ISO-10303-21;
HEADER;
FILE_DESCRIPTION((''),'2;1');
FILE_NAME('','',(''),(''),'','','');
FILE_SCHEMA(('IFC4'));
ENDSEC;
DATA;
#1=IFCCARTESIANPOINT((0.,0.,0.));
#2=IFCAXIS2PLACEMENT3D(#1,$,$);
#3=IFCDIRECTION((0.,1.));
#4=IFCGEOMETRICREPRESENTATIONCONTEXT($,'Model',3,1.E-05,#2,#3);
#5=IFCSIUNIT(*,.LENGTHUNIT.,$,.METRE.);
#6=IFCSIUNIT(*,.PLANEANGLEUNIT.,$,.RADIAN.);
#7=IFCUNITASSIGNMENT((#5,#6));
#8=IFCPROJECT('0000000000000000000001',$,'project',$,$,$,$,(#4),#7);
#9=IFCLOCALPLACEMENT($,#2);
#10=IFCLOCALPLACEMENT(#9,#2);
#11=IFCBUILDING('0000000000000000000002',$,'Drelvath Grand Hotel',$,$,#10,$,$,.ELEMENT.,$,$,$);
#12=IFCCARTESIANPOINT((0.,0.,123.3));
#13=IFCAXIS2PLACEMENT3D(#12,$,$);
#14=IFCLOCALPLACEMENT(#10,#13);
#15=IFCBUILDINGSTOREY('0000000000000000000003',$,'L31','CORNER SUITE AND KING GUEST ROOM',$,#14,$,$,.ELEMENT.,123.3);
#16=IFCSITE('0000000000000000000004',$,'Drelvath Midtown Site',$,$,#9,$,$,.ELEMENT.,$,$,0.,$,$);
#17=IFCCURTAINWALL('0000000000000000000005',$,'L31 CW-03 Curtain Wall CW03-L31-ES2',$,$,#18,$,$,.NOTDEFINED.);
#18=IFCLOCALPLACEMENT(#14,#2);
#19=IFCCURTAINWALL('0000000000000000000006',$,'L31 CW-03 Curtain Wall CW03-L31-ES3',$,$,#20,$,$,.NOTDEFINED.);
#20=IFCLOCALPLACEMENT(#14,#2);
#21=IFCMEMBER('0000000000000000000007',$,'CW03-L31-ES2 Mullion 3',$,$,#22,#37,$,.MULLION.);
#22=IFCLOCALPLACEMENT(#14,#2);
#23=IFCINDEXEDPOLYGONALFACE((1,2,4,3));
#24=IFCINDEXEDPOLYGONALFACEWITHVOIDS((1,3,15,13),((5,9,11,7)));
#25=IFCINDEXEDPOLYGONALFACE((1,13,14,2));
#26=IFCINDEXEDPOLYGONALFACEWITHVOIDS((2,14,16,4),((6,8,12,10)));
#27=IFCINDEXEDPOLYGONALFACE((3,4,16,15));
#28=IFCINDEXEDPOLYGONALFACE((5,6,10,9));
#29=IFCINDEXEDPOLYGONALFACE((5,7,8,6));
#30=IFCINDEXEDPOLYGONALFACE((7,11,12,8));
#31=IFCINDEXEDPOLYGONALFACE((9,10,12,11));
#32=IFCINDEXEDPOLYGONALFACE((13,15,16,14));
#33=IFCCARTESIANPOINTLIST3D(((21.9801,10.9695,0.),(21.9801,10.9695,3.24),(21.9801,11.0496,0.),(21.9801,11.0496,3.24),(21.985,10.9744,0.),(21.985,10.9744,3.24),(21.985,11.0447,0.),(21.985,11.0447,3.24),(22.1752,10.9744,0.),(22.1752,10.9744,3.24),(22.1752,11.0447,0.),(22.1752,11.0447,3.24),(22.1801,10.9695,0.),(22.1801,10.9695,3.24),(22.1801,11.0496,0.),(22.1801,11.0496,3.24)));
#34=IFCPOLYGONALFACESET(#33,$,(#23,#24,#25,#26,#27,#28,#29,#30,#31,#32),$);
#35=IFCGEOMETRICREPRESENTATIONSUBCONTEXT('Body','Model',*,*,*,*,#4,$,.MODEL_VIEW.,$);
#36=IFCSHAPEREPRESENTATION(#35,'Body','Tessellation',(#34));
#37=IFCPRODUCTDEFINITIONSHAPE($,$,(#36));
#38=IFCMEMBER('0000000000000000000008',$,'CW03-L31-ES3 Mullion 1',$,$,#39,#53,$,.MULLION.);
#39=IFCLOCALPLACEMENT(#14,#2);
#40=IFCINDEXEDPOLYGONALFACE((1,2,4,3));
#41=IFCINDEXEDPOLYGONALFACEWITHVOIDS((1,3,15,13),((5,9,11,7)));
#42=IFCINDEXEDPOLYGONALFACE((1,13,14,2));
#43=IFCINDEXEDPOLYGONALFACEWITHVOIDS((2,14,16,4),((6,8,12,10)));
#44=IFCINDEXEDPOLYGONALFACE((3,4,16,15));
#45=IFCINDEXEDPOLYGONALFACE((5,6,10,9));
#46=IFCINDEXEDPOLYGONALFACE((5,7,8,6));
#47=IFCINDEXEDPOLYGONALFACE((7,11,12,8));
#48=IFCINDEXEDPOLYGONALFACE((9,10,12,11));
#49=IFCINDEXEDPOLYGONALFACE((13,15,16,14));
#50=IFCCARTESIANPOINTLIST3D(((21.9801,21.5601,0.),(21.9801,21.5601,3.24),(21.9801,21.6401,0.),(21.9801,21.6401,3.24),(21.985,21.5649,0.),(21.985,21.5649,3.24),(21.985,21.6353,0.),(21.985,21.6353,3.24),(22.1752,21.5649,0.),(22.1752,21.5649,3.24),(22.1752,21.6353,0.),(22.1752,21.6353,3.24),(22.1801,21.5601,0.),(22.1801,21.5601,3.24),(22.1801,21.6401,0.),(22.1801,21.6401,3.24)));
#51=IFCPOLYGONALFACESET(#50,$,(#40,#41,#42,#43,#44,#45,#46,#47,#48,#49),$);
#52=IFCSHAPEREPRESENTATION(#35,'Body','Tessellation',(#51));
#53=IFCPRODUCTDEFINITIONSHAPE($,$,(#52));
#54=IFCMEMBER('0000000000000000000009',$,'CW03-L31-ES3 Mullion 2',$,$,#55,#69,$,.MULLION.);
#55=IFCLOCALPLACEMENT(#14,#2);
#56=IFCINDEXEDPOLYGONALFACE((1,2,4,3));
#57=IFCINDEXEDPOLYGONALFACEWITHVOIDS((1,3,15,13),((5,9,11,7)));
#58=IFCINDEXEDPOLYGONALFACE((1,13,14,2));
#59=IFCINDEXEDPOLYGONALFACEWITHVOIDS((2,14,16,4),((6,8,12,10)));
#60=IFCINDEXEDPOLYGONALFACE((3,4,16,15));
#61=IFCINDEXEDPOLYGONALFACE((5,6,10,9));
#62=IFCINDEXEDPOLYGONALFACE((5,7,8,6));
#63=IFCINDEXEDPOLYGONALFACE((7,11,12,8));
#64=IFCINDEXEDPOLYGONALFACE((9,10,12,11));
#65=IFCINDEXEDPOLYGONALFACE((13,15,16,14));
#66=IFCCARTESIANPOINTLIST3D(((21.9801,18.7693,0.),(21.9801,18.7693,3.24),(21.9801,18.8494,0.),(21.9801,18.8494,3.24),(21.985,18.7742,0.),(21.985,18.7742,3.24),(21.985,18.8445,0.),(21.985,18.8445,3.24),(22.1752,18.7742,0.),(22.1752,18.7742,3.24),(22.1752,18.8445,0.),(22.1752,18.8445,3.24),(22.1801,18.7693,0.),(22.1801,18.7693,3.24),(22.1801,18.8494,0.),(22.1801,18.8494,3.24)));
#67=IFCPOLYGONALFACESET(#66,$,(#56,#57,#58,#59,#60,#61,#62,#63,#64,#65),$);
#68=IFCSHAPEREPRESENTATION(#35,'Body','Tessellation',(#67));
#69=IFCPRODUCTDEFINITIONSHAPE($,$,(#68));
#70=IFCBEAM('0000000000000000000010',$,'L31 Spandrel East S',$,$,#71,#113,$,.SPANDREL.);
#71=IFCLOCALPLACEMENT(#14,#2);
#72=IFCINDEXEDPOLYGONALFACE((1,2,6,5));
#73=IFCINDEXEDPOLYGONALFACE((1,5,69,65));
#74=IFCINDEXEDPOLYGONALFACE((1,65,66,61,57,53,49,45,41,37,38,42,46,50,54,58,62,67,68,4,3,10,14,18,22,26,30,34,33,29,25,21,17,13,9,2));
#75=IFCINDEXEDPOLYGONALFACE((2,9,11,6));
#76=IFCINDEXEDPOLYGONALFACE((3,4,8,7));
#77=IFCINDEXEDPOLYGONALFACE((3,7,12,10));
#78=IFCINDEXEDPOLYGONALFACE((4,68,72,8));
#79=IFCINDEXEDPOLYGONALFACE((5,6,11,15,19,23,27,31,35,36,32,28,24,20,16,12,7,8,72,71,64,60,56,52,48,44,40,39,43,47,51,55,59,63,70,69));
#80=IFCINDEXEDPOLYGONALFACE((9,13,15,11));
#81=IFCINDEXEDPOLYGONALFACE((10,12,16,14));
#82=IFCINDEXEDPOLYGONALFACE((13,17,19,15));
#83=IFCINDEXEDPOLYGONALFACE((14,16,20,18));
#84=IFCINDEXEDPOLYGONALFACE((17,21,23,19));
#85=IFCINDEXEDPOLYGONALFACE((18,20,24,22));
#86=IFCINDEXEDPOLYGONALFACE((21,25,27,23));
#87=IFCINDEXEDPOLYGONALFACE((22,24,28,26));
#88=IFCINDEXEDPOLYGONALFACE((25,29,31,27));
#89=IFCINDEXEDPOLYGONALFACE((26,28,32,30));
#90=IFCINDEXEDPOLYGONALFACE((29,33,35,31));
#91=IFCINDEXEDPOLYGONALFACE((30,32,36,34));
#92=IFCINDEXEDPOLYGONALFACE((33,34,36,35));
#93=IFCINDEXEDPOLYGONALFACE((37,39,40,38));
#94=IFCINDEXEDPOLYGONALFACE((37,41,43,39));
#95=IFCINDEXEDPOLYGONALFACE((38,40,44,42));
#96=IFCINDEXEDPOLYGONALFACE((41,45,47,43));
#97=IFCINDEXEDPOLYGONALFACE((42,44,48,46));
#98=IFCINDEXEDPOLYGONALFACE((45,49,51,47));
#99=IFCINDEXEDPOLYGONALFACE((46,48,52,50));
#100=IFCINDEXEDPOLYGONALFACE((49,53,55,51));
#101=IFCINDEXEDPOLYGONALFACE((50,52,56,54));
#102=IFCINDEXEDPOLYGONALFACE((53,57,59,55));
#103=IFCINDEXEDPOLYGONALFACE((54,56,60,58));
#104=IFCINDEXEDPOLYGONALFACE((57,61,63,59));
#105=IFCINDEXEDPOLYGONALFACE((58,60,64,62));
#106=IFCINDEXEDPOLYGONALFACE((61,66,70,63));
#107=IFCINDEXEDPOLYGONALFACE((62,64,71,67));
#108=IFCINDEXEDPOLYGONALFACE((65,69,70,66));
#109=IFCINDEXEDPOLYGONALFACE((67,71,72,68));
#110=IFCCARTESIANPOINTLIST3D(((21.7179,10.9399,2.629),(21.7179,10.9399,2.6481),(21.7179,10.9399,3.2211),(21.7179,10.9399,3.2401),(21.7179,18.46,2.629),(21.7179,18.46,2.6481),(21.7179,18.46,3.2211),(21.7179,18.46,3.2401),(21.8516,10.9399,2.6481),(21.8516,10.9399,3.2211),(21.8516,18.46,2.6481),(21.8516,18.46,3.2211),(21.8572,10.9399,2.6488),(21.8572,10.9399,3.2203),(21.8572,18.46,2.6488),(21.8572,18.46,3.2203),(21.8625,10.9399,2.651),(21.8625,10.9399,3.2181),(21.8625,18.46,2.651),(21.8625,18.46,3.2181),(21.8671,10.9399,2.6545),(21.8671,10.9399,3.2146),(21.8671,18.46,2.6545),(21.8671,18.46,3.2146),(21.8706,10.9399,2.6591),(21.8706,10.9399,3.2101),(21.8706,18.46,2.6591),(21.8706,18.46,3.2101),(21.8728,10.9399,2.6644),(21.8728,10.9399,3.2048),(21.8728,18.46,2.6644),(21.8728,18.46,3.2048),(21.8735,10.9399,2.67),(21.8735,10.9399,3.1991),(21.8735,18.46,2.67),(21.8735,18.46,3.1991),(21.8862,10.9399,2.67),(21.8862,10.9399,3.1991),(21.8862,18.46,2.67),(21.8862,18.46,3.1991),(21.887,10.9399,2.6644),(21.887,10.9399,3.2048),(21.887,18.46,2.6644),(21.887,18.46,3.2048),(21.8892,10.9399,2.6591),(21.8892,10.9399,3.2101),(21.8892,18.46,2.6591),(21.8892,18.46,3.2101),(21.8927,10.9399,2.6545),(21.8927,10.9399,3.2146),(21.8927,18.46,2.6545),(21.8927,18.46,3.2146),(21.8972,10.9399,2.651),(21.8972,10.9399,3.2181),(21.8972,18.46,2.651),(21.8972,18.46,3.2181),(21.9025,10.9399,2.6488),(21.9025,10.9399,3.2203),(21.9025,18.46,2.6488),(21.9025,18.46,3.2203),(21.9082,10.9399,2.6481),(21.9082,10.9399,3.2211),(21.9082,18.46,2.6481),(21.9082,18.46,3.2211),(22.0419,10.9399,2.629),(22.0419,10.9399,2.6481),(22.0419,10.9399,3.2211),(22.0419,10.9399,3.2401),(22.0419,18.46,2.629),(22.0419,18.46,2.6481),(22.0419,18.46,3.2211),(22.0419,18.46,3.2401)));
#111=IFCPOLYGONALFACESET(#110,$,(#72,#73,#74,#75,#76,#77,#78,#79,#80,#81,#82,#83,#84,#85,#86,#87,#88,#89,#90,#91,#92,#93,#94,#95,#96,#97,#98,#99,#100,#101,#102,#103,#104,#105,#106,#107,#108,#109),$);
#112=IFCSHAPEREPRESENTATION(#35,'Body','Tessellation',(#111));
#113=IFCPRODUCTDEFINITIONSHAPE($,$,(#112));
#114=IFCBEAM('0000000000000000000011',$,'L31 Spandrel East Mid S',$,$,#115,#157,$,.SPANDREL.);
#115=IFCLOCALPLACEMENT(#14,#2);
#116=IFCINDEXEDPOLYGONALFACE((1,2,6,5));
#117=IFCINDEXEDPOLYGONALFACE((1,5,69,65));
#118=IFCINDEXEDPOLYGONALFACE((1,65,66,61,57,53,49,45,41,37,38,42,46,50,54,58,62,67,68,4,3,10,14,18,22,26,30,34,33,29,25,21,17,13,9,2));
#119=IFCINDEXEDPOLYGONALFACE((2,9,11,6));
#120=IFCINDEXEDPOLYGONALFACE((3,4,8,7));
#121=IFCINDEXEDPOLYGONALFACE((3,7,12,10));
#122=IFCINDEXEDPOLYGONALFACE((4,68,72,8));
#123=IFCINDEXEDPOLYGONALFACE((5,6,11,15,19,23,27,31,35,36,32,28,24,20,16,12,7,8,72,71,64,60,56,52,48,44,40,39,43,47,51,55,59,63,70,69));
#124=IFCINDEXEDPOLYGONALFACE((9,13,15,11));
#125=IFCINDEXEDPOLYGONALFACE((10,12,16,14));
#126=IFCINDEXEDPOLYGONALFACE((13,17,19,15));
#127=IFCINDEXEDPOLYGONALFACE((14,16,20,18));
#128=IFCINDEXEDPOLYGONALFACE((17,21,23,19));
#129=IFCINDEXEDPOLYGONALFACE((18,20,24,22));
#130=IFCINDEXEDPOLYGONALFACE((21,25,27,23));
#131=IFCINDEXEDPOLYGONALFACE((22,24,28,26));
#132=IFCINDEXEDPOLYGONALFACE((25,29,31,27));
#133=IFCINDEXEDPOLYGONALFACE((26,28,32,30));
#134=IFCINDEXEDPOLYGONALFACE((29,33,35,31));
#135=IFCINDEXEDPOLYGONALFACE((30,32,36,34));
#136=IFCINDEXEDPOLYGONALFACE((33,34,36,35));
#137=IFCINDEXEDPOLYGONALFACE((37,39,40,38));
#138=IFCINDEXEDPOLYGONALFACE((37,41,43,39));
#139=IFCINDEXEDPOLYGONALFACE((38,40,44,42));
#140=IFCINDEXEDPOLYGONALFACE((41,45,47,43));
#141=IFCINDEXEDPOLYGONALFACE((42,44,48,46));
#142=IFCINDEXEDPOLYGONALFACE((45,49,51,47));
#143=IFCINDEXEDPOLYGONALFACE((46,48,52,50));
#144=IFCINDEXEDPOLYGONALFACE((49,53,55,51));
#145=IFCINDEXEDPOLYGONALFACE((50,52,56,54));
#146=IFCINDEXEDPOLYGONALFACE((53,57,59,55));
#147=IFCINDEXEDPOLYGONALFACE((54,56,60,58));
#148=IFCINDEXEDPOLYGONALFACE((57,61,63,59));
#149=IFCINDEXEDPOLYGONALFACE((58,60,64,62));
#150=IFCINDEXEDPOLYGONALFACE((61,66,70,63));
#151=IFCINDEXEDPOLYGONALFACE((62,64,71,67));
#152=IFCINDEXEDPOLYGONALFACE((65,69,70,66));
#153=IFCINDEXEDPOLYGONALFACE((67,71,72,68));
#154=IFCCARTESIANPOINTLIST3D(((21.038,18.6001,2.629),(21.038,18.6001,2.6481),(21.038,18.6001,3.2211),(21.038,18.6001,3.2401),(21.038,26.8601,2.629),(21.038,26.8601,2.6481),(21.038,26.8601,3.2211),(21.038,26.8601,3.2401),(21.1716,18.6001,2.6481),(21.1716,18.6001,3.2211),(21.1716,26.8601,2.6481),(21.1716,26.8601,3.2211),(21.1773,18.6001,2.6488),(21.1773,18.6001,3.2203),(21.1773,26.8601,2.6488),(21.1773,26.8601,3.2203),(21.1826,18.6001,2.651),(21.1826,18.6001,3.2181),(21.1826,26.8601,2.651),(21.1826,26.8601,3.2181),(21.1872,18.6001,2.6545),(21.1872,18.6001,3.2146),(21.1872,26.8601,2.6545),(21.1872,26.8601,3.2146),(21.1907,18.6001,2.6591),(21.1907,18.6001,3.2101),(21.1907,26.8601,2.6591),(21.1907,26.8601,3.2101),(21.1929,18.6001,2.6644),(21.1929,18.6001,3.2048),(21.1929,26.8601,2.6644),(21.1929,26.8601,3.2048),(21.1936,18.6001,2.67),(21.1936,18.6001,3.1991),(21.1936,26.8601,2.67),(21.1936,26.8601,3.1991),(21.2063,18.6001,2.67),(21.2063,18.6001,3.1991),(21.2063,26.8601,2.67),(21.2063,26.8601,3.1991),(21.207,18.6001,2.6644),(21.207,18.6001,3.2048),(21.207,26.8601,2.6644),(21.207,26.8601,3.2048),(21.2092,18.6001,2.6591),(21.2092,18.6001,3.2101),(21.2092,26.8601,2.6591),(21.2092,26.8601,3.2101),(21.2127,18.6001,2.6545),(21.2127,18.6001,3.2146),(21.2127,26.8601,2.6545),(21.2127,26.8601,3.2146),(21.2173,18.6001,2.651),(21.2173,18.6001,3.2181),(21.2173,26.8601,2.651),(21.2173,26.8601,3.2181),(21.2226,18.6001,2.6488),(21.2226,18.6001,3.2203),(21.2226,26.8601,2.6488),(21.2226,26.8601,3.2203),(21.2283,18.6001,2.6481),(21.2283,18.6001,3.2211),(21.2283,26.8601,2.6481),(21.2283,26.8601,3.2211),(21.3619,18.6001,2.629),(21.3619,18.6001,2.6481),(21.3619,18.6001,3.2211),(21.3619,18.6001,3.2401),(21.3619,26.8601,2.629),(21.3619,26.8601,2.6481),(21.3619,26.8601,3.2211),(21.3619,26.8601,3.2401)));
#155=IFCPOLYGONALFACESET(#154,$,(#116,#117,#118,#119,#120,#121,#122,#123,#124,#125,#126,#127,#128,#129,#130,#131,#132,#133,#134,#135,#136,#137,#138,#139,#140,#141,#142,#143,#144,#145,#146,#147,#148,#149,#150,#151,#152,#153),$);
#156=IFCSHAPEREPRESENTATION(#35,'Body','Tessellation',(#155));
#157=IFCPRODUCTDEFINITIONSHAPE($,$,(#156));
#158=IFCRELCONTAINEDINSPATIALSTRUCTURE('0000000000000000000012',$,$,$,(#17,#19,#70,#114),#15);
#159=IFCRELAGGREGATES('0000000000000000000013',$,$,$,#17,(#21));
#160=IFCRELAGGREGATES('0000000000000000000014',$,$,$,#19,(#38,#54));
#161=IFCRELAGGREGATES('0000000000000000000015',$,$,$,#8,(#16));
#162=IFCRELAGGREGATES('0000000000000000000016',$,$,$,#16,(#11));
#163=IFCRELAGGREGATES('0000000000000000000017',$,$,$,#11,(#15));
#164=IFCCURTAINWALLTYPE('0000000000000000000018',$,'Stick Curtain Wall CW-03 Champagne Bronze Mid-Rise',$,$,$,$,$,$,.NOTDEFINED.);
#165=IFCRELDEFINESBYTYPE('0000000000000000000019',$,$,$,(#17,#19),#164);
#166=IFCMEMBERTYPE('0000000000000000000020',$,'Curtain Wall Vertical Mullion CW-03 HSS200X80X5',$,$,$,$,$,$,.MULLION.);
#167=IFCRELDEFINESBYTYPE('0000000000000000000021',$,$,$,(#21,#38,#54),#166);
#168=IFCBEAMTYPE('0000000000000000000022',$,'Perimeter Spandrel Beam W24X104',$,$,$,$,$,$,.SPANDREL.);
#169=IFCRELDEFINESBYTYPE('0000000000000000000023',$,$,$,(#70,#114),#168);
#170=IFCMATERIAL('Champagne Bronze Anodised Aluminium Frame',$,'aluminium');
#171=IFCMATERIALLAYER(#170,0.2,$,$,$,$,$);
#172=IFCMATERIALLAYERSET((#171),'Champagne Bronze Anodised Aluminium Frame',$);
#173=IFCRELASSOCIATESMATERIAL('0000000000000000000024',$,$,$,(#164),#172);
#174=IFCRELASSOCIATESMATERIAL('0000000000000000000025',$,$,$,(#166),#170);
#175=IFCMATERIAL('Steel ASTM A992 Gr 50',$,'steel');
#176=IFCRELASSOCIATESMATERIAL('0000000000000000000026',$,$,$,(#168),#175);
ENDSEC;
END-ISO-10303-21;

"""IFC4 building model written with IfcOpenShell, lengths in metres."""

from ifc_helpers import new_model, si_unit, direction, frame, origin, origin_2d, place, context, subcontext, project, spatial, hollow_rectangle, i_section, extrude, material, layer, layer_set, material_profile, profile_set, type_object, element, aggregate, save


model = new_model("IFC4")

# Units and contexts
model_context = context("Model", 3, precision=1e-05, world=origin(), true_north=direction((0.0, 1.0)))
body_context = subcontext(model_context, "Body", "Model", "MODEL_VIEW")
ifc_project = project(units=[si_unit("LENGTHUNIT", "METRE"), si_unit("PLANEANGLEUNIT", "RADIAN")], contexts=[model_context])

# Site, building, storey
site_placement = place(None, origin())
site = spatial("IfcSite", under=ifc_project, at=site_placement, Name="Drelvath Midtown Site", CompositionType="ELEMENT", RefElevation=0.0)
building_placement = place(site_placement, origin())
building = spatial("IfcBuilding", under=site, at=building_placement, Name="Drelvath Grand Hotel", CompositionType="ELEMENT")
storey_placement = place(building_placement, frame((0.0, 0.0, 123.3)))
storey = spatial("IfcBuildingStorey", under=building, at=storey_placement, Name="L31", Description="CORNER SUITE AND KING GUEST ROOM", CompositionType="ELEMENT", Elevation=123.3)

# Curtain walls
ifc_material_1 = material(Name="Champagne Bronze Anodised Aluminium Frame", Category="aluminium")
ifc_layer_1 = layer(ifc_material_1, 0.2)
ifc_layer_set_1 = layer_set([ifc_layer_1], Name="Champagne Bronze Anodised Aluminium Frame")
curtain_wall_type = type_object("IfcCurtainWallType", Name="Stick Curtain Wall CW-03 Champagne Bronze Mid-Rise", PredefinedType="NOTDEFINED", material=ifc_layer_set_1)
curtain_wall_1_placement = place(storey_placement, origin())
curtain_wall_1 = element("IfcCurtainWall", 1, at=curtain_wall_1_placement, inside=storey, type_object=curtain_wall_type, Name="L31 CW-03 Curtain Wall CW03-L31-ES2", PredefinedType="NOTDEFINED")
curtain_wall_2_placement = place(storey_placement, origin())
curtain_wall_2 = element("IfcCurtainWall", 2, at=curtain_wall_2_placement, inside=storey, type_object=curtain_wall_type, Name="L31 CW-03 Curtain Wall CW03-L31-ES3", PredefinedType="NOTDEFINED")
ifc_material_profile_1 = material_profile(ifc_material_1, hollow_rectangle(XDim=0.0801, YDim=0.2, WallThickness=0.0049, at=origin_2d()), Name="HSS200X80X5")
ifc_profile_set_1 = profile_set([ifc_material_profile_1], Name="Champagne Bronze Anodised Aluminium Frame")
member_type_1 = type_object("IfcMemberType", Name="Curtain Wall Vertical Mullion CW-03 HSS200X80X5", PredefinedType="MULLION", material=ifc_profile_set_1)

# Members
member_1_placement = place(storey_placement, frame((22.0801, 11.0095, 0.0), z_axis=(0.0, 0.0, 1.0), x_axis=(0.0, 1.0, 0.0)))
member_1 = element("IfcMember", 3, at=member_1_placement, type_object=member_type_1, Name="CW03-L31-ES2 Mullion 3", PredefinedType="MULLION", context=body_context, shape_type="SweptSolid", body=[
    extrude(hollow_rectangle(XDim=0.0801, YDim=0.2, WallThickness=0.0049, at=origin_2d()), origin(), (0.0, 0.0, 1.0), 3.24),
])
member_2_placement = place(storey_placement, frame((22.0801, 21.6001, 0.0), z_axis=(0.0, 0.0, 1.0), x_axis=(0.0, 1.0, 0.0)))
member_2 = element("IfcMember", 4, at=member_2_placement, type_object=member_type_1, Name="CW03-L31-ES3 Mullion 1", PredefinedType="MULLION", context=body_context, shape_type="SweptSolid", body=[
    extrude(hollow_rectangle(XDim=0.0801, YDim=0.2, WallThickness=0.0049, at=origin_2d()), origin(), (0.0, 0.0, 1.0), 3.24),
])
member_3_placement = place(storey_placement, frame((22.0801, 18.8093, 0.0), z_axis=(0.0, 0.0, 1.0), x_axis=(0.0, 1.0, 0.0)))
member_3 = element("IfcMember", 5, at=member_3_placement, type_object=member_type_1, Name="CW03-L31-ES3 Mullion 2", PredefinedType="MULLION", context=body_context, shape_type="SweptSolid", body=[
    extrude(hollow_rectangle(XDim=0.0801, YDim=0.2, WallThickness=0.0049, at=origin_2d()), origin(), (0.0, 0.0, 1.0), 3.24),
])

# Beams
ifc_material_2 = material(Name="Steel ASTM A992 Gr 50", Category="steel")
ifc_material_profile_2 = material_profile(ifc_material_2, i_section(OverallWidth=0.324, OverallDepth=0.6111, WebThickness=0.0127, FlangeThickness=0.019, FilletRadius=0.022, at=origin_2d()), Name="W24X104")
ifc_profile_set_2 = profile_set([ifc_material_profile_2], Name="Steel ASTM A992 Gr 50")
beam_type_1 = type_object("IfcBeamType", Name="Perimeter Spandrel Beam W24X104", PredefinedType="SPANDREL", material=ifc_profile_set_2)
beam_1_placement = place(storey_placement, frame((21.8799, 10.9399, 2.9346), z_axis=(0.0, 1.0, 0.0), x_axis=(-1.0, 0.0, 0.0)))
element("IfcBeam", 6, at=beam_1_placement, inside=storey, type_object=beam_type_1, Name="L31 Spandrel East S", PredefinedType="SPANDREL", context=body_context, shape_type="SweptSolid", body=[
    extrude(i_section(OverallWidth=0.324, OverallDepth=0.6111, WebThickness=0.0127, FlangeThickness=0.019, FilletRadius=0.022, at=origin_2d()), origin(), (0.0, 0.0, 1.0), 7.52),
])
beam_2_placement = place(storey_placement, frame((21.2, 18.6001, 2.9346), z_axis=(0.0, 1.0, 0.0), x_axis=(-1.0, 0.0, 0.0)))
element("IfcBeam", 7, at=beam_2_placement, inside=storey, type_object=beam_type_1, Name="L31 Spandrel East Mid S", PredefinedType="SPANDREL", context=body_context, shape_type="SweptSolid", body=[
    extrude(i_section(OverallWidth=0.324, OverallDepth=0.6111, WebThickness=0.0127, FlangeThickness=0.019, FilletRadius=0.022, at=origin_2d()), origin(), (0.0, 0.0, 1.0), 8.26),
])

aggregate(curtain_wall_1, [member_1])
aggregate(curtain_wall_2, [member_2, member_3])

save(model, "model.ifc")
